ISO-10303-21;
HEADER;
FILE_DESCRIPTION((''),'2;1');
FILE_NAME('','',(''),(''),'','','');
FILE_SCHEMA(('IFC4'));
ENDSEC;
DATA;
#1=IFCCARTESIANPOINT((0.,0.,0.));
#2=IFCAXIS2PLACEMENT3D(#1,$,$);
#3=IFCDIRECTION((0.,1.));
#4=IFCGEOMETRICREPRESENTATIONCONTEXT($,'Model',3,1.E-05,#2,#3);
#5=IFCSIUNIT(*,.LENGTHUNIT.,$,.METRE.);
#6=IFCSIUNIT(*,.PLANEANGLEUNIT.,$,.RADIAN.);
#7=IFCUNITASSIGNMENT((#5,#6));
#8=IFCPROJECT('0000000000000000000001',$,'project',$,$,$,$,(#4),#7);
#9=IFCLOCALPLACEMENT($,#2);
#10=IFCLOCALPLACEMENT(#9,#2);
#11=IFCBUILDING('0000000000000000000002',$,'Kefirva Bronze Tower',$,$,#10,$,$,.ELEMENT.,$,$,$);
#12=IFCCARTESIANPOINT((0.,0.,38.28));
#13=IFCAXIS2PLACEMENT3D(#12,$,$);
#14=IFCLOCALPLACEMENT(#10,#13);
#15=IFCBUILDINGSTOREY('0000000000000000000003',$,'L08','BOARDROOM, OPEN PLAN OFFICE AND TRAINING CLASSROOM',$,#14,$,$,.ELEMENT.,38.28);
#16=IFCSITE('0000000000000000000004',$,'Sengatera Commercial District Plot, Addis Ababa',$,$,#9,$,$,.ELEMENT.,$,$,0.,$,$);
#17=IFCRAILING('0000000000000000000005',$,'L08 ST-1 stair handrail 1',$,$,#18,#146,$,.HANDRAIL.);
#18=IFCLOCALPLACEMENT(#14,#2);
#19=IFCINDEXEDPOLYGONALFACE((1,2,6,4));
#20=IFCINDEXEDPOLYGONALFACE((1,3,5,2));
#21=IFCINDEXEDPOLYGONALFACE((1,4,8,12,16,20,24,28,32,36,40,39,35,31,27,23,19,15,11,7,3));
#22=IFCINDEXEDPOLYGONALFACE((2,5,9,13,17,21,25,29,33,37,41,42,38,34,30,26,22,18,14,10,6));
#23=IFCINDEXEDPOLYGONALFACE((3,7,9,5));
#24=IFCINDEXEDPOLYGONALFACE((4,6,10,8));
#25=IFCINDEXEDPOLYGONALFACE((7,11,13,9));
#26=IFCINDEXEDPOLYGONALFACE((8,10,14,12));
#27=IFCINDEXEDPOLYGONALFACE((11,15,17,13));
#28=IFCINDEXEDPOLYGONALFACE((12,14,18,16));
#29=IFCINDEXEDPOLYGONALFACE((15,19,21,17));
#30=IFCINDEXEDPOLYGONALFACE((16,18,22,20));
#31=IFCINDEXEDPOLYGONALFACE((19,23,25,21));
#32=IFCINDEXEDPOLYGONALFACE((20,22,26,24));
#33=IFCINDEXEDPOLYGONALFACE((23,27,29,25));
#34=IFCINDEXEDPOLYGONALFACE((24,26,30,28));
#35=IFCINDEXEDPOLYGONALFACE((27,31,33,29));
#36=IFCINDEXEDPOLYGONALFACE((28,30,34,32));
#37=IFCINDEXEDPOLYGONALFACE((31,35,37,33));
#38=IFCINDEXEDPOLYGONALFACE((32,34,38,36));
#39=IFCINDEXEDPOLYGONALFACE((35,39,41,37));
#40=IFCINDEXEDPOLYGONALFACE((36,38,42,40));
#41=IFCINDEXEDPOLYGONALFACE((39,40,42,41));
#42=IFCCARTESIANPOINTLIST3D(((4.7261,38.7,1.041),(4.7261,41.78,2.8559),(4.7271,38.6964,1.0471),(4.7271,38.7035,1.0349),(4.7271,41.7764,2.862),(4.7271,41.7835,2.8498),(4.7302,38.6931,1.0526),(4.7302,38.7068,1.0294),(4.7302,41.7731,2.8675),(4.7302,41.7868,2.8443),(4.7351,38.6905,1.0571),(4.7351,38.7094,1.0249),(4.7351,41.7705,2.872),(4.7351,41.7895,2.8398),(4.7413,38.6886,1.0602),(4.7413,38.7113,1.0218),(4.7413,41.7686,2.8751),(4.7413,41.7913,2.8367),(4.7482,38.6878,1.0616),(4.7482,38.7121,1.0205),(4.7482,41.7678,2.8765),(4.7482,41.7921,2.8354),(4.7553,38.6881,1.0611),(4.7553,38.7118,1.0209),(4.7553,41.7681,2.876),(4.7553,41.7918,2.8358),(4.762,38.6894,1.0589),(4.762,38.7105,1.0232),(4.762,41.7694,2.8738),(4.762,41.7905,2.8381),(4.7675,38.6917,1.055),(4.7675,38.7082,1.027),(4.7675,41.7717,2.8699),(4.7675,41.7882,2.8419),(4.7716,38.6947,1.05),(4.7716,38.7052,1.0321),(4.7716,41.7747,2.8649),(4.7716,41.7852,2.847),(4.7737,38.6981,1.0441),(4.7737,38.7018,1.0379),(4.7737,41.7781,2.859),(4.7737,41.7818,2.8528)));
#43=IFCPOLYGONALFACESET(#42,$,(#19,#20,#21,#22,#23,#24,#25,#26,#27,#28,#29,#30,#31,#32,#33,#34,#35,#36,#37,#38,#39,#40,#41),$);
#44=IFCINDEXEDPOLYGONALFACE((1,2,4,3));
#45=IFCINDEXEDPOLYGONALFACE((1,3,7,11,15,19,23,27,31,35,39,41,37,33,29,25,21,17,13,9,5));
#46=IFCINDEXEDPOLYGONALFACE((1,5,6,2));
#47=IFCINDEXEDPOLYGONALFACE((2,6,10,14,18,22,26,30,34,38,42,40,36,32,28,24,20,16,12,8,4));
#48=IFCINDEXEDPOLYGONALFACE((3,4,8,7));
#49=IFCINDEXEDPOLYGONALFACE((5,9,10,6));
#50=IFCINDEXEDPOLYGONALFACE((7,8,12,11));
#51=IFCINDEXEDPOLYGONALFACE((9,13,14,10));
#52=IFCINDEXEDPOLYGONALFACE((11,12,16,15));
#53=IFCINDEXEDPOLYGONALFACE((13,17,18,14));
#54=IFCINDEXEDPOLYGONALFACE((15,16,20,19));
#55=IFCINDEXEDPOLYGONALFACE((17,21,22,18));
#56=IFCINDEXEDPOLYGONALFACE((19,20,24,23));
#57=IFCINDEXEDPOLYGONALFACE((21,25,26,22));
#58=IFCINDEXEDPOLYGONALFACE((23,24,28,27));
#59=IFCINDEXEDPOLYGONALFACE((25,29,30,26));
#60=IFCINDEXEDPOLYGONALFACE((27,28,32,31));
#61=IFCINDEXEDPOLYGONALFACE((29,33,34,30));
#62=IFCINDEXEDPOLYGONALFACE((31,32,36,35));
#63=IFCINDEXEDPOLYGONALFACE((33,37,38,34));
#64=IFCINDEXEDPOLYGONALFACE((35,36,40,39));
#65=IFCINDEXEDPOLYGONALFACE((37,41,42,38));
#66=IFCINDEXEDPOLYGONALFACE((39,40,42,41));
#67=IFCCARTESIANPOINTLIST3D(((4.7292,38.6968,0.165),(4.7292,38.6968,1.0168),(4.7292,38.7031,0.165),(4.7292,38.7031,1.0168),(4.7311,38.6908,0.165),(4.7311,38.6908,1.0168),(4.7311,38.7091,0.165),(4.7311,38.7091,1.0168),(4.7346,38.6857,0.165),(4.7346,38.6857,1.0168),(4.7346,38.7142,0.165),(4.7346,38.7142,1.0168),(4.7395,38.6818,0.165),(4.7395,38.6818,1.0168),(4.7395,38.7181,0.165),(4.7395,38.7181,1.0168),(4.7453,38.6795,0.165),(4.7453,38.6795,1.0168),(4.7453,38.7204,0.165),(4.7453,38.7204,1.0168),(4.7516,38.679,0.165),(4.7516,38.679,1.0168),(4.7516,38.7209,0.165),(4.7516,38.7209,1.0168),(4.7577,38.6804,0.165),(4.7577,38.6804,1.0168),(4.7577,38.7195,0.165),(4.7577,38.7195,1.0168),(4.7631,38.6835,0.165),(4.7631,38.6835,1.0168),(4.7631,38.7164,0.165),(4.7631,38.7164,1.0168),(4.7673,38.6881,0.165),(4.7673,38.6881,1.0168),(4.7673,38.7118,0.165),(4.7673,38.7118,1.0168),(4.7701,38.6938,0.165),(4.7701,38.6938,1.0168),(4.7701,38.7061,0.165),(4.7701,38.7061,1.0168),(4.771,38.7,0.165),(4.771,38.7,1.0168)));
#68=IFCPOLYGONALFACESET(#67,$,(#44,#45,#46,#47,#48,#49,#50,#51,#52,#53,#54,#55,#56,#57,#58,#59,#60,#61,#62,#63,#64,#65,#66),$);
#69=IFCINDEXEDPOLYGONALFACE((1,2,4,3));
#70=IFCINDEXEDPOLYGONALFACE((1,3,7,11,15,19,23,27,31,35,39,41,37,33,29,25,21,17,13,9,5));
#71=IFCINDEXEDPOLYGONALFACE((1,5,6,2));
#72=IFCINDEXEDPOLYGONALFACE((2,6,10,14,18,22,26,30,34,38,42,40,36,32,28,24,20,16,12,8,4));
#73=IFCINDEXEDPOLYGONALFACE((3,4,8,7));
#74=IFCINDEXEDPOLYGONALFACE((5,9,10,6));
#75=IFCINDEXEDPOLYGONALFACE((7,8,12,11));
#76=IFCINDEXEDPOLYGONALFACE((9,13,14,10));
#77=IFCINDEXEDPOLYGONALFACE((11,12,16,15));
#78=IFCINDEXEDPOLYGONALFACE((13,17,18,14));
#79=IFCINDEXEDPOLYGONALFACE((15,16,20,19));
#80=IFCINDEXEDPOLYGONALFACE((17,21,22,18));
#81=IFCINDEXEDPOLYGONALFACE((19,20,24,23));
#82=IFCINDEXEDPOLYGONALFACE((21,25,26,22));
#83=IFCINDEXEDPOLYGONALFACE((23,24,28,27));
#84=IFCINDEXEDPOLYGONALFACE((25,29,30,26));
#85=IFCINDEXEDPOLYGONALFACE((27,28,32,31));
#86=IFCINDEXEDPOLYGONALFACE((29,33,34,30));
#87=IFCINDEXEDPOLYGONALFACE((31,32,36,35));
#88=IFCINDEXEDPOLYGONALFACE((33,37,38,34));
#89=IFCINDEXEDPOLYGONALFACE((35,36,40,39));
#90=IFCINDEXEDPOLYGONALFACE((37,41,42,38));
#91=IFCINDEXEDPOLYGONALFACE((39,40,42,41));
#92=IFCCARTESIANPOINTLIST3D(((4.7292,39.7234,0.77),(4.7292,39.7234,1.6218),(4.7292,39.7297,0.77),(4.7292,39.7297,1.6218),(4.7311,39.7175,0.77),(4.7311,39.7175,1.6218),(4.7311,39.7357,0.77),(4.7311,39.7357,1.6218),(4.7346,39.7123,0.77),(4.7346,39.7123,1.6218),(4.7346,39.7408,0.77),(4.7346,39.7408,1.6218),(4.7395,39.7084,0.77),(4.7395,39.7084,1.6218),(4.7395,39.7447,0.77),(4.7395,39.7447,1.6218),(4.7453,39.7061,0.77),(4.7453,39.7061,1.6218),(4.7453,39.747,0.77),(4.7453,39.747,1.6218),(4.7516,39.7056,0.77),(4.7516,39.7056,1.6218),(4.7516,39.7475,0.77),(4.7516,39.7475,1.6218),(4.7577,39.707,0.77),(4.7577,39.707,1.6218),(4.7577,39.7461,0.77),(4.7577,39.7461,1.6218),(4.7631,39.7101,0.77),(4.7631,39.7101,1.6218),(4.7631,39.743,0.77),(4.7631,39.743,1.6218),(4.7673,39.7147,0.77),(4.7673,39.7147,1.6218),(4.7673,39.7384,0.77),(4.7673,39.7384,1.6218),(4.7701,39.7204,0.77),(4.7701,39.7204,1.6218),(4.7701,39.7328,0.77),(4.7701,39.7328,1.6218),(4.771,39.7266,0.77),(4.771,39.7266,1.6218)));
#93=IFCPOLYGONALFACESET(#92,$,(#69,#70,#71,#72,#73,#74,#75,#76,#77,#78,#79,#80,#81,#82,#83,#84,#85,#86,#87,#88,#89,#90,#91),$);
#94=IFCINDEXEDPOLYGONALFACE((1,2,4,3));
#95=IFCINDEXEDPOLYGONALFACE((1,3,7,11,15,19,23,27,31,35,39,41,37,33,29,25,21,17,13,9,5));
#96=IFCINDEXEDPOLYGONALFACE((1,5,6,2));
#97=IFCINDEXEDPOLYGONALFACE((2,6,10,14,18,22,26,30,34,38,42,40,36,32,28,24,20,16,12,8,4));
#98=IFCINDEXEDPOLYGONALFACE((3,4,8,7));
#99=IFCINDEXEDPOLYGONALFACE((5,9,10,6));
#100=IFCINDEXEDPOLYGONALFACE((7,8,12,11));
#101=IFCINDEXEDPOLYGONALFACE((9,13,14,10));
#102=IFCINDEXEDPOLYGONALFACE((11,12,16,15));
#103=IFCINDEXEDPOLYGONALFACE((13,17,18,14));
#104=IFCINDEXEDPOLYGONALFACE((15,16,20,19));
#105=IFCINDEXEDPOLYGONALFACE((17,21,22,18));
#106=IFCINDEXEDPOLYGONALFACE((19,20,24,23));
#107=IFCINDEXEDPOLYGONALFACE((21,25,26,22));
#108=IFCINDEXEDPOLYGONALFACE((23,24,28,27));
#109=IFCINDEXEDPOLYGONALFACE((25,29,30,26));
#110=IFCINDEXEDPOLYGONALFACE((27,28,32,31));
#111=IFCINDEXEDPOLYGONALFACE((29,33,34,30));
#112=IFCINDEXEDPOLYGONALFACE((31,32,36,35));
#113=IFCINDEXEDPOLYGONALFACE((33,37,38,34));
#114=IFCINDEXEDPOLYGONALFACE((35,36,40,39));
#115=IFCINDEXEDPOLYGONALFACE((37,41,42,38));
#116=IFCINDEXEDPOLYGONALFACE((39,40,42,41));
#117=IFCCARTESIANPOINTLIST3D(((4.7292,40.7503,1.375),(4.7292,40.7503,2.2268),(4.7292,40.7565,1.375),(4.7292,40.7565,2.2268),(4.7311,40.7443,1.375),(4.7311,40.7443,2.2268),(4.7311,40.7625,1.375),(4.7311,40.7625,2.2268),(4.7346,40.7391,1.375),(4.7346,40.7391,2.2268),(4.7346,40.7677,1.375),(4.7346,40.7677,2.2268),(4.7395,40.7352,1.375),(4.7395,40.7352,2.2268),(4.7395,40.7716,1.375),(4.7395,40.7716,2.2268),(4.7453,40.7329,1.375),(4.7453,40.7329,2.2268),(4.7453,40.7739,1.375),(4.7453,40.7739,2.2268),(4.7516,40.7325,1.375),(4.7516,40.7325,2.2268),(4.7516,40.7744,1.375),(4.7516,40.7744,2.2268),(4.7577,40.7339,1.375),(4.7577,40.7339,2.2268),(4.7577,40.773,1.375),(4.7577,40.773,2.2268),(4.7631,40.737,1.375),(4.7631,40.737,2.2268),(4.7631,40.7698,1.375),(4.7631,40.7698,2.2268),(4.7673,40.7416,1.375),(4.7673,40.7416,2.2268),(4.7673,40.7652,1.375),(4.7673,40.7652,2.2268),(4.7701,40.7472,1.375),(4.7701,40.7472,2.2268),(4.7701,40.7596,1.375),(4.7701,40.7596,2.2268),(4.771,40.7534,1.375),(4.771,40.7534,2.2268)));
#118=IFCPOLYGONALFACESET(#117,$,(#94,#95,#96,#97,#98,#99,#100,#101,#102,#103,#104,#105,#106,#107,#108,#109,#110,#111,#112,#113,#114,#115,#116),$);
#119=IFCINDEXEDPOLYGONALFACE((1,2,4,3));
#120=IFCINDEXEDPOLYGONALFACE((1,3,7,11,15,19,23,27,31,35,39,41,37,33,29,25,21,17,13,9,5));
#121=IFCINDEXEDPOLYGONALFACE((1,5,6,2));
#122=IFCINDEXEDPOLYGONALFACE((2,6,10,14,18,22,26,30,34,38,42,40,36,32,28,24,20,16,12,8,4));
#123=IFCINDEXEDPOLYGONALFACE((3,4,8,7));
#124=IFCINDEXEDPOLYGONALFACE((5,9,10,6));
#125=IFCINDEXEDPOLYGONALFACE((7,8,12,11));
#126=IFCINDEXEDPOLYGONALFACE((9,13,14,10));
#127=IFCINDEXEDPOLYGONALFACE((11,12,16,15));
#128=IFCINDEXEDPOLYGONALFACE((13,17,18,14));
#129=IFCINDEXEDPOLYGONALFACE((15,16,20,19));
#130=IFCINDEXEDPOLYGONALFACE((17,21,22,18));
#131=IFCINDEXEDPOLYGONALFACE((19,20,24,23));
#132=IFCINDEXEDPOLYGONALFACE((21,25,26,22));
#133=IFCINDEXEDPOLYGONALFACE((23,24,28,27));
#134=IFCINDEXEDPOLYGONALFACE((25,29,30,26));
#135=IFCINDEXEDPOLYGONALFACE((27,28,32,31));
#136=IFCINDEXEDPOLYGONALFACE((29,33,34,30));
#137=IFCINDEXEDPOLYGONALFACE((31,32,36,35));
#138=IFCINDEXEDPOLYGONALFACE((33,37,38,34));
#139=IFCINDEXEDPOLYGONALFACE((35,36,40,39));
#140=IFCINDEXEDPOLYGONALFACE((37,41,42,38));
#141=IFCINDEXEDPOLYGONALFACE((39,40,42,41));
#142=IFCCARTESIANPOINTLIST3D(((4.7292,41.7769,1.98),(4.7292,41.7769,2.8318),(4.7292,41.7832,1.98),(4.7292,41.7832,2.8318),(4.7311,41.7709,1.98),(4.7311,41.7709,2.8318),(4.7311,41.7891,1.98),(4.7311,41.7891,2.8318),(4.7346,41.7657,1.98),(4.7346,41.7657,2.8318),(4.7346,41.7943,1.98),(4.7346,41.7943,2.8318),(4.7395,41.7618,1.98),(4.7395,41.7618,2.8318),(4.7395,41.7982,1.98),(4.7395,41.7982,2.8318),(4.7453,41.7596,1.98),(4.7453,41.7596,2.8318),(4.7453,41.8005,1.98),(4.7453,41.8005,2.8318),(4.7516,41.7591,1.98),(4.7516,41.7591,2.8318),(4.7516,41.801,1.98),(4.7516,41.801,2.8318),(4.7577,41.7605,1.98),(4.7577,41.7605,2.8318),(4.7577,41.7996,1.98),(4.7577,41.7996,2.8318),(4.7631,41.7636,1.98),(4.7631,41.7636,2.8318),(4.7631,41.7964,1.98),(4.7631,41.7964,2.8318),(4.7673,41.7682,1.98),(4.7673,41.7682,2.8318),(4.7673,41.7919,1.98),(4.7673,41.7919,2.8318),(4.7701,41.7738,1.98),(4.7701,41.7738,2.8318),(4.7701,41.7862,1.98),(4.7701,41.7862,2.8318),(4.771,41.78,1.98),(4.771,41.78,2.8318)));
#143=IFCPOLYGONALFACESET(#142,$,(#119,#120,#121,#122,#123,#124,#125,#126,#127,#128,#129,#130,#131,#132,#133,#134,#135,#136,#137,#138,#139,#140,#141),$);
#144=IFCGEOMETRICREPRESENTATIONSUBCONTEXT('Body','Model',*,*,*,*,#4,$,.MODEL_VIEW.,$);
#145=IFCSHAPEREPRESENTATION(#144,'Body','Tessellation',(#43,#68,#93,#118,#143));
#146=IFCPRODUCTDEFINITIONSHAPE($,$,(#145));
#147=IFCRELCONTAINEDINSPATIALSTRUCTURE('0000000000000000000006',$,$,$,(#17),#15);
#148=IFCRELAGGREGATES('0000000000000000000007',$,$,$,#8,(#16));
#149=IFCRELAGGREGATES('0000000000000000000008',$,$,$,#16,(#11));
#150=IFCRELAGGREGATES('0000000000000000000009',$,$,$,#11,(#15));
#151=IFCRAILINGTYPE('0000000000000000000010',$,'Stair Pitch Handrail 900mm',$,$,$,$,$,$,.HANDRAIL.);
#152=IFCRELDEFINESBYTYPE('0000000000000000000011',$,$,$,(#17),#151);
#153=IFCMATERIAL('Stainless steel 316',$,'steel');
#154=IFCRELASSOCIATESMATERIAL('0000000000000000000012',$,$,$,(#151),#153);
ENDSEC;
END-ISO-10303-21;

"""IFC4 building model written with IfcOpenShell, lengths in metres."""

from ifc_helpers import new_model, si_unit, direction, frame, origin, origin_2d, place, context, subcontext, project, spatial, circle, extrude, material, type_object, element, save


model = new_model("IFC4")

# Units and contexts
model_context = context("Model", 3, precision=1e-05, world=origin(), true_north=direction((0.0, 1.0)))
body_context = subcontext(model_context, "Body", "Model", "MODEL_VIEW")
ifc_project = project(units=[si_unit("LENGTHUNIT", "METRE"), si_unit("PLANEANGLEUNIT", "RADIAN")], contexts=[model_context])

# Site, building, storey
site_placement = place(None, origin())
site = spatial("IfcSite", under=ifc_project, at=site_placement, Name="Sengatera Commercial District Plot, Addis Ababa", CompositionType="ELEMENT", RefElevation=0.0)
building_placement = place(site_placement, origin())
building = spatial("IfcBuilding", under=site, at=building_placement, Name="Kefirva Bronze Tower", CompositionType="ELEMENT")
storey_placement = place(building_placement, frame((0.0, 0.0, 38.28)))
storey = spatial("IfcBuildingStorey", under=building, at=storey_placement, Name="L08", Description="BOARDROOM, OPEN PLAN OFFICE AND TRAINING CLASSROOM", CompositionType="ELEMENT", Elevation=38.28)

# Railing
ifc_material_1 = material(Name="Stainless steel 316", Category="steel")
railing_type_1 = type_object("IfcRailingType", Name="Stair Pitch Handrail 900mm", PredefinedType="HANDRAIL", material=ifc_material_1)
railing_1_placement = place(storey_placement, frame((4.75, 38.7, 0.165)))
element("IfcRailing", 1, at=railing_1_placement, inside=storey, type_object=railing_type_1, Name="L08 ST-1 stair handrail 1", PredefinedType="HANDRAIL", context=body_context, shape_type="SweptSolid", body=[
    extrude(circle(Radius=0.0239, at=origin_2d()), frame((0.0, 0.0, 0.876), z_axis=(0.0, 0.861551, 0.507671), x_axis=(-1.0, 0.0, 0.0)), (0.0, 0.0, 1.0), 3.575),
    extrude(circle(Radius=0.021, at=origin_2d()), origin(), (0.0, 0.0, 1.0), 0.8518),
    extrude(circle(Radius=0.021, at=origin_2d()), frame((0.0, 1.0266, 0.605)), (0.0, 0.0, 1.0), 0.8518),
    extrude(circle(Radius=0.021, at=origin_2d()), frame((0.0, 2.0535, 1.21)), (0.0, 0.0, 1.0), 0.8518),
    extrude(circle(Radius=0.021, at=origin_2d()), frame((0.0, 3.0801, 1.8149)), (0.0, 0.0, 1.0), 0.8518),
])

save(model, "model.ifc")
